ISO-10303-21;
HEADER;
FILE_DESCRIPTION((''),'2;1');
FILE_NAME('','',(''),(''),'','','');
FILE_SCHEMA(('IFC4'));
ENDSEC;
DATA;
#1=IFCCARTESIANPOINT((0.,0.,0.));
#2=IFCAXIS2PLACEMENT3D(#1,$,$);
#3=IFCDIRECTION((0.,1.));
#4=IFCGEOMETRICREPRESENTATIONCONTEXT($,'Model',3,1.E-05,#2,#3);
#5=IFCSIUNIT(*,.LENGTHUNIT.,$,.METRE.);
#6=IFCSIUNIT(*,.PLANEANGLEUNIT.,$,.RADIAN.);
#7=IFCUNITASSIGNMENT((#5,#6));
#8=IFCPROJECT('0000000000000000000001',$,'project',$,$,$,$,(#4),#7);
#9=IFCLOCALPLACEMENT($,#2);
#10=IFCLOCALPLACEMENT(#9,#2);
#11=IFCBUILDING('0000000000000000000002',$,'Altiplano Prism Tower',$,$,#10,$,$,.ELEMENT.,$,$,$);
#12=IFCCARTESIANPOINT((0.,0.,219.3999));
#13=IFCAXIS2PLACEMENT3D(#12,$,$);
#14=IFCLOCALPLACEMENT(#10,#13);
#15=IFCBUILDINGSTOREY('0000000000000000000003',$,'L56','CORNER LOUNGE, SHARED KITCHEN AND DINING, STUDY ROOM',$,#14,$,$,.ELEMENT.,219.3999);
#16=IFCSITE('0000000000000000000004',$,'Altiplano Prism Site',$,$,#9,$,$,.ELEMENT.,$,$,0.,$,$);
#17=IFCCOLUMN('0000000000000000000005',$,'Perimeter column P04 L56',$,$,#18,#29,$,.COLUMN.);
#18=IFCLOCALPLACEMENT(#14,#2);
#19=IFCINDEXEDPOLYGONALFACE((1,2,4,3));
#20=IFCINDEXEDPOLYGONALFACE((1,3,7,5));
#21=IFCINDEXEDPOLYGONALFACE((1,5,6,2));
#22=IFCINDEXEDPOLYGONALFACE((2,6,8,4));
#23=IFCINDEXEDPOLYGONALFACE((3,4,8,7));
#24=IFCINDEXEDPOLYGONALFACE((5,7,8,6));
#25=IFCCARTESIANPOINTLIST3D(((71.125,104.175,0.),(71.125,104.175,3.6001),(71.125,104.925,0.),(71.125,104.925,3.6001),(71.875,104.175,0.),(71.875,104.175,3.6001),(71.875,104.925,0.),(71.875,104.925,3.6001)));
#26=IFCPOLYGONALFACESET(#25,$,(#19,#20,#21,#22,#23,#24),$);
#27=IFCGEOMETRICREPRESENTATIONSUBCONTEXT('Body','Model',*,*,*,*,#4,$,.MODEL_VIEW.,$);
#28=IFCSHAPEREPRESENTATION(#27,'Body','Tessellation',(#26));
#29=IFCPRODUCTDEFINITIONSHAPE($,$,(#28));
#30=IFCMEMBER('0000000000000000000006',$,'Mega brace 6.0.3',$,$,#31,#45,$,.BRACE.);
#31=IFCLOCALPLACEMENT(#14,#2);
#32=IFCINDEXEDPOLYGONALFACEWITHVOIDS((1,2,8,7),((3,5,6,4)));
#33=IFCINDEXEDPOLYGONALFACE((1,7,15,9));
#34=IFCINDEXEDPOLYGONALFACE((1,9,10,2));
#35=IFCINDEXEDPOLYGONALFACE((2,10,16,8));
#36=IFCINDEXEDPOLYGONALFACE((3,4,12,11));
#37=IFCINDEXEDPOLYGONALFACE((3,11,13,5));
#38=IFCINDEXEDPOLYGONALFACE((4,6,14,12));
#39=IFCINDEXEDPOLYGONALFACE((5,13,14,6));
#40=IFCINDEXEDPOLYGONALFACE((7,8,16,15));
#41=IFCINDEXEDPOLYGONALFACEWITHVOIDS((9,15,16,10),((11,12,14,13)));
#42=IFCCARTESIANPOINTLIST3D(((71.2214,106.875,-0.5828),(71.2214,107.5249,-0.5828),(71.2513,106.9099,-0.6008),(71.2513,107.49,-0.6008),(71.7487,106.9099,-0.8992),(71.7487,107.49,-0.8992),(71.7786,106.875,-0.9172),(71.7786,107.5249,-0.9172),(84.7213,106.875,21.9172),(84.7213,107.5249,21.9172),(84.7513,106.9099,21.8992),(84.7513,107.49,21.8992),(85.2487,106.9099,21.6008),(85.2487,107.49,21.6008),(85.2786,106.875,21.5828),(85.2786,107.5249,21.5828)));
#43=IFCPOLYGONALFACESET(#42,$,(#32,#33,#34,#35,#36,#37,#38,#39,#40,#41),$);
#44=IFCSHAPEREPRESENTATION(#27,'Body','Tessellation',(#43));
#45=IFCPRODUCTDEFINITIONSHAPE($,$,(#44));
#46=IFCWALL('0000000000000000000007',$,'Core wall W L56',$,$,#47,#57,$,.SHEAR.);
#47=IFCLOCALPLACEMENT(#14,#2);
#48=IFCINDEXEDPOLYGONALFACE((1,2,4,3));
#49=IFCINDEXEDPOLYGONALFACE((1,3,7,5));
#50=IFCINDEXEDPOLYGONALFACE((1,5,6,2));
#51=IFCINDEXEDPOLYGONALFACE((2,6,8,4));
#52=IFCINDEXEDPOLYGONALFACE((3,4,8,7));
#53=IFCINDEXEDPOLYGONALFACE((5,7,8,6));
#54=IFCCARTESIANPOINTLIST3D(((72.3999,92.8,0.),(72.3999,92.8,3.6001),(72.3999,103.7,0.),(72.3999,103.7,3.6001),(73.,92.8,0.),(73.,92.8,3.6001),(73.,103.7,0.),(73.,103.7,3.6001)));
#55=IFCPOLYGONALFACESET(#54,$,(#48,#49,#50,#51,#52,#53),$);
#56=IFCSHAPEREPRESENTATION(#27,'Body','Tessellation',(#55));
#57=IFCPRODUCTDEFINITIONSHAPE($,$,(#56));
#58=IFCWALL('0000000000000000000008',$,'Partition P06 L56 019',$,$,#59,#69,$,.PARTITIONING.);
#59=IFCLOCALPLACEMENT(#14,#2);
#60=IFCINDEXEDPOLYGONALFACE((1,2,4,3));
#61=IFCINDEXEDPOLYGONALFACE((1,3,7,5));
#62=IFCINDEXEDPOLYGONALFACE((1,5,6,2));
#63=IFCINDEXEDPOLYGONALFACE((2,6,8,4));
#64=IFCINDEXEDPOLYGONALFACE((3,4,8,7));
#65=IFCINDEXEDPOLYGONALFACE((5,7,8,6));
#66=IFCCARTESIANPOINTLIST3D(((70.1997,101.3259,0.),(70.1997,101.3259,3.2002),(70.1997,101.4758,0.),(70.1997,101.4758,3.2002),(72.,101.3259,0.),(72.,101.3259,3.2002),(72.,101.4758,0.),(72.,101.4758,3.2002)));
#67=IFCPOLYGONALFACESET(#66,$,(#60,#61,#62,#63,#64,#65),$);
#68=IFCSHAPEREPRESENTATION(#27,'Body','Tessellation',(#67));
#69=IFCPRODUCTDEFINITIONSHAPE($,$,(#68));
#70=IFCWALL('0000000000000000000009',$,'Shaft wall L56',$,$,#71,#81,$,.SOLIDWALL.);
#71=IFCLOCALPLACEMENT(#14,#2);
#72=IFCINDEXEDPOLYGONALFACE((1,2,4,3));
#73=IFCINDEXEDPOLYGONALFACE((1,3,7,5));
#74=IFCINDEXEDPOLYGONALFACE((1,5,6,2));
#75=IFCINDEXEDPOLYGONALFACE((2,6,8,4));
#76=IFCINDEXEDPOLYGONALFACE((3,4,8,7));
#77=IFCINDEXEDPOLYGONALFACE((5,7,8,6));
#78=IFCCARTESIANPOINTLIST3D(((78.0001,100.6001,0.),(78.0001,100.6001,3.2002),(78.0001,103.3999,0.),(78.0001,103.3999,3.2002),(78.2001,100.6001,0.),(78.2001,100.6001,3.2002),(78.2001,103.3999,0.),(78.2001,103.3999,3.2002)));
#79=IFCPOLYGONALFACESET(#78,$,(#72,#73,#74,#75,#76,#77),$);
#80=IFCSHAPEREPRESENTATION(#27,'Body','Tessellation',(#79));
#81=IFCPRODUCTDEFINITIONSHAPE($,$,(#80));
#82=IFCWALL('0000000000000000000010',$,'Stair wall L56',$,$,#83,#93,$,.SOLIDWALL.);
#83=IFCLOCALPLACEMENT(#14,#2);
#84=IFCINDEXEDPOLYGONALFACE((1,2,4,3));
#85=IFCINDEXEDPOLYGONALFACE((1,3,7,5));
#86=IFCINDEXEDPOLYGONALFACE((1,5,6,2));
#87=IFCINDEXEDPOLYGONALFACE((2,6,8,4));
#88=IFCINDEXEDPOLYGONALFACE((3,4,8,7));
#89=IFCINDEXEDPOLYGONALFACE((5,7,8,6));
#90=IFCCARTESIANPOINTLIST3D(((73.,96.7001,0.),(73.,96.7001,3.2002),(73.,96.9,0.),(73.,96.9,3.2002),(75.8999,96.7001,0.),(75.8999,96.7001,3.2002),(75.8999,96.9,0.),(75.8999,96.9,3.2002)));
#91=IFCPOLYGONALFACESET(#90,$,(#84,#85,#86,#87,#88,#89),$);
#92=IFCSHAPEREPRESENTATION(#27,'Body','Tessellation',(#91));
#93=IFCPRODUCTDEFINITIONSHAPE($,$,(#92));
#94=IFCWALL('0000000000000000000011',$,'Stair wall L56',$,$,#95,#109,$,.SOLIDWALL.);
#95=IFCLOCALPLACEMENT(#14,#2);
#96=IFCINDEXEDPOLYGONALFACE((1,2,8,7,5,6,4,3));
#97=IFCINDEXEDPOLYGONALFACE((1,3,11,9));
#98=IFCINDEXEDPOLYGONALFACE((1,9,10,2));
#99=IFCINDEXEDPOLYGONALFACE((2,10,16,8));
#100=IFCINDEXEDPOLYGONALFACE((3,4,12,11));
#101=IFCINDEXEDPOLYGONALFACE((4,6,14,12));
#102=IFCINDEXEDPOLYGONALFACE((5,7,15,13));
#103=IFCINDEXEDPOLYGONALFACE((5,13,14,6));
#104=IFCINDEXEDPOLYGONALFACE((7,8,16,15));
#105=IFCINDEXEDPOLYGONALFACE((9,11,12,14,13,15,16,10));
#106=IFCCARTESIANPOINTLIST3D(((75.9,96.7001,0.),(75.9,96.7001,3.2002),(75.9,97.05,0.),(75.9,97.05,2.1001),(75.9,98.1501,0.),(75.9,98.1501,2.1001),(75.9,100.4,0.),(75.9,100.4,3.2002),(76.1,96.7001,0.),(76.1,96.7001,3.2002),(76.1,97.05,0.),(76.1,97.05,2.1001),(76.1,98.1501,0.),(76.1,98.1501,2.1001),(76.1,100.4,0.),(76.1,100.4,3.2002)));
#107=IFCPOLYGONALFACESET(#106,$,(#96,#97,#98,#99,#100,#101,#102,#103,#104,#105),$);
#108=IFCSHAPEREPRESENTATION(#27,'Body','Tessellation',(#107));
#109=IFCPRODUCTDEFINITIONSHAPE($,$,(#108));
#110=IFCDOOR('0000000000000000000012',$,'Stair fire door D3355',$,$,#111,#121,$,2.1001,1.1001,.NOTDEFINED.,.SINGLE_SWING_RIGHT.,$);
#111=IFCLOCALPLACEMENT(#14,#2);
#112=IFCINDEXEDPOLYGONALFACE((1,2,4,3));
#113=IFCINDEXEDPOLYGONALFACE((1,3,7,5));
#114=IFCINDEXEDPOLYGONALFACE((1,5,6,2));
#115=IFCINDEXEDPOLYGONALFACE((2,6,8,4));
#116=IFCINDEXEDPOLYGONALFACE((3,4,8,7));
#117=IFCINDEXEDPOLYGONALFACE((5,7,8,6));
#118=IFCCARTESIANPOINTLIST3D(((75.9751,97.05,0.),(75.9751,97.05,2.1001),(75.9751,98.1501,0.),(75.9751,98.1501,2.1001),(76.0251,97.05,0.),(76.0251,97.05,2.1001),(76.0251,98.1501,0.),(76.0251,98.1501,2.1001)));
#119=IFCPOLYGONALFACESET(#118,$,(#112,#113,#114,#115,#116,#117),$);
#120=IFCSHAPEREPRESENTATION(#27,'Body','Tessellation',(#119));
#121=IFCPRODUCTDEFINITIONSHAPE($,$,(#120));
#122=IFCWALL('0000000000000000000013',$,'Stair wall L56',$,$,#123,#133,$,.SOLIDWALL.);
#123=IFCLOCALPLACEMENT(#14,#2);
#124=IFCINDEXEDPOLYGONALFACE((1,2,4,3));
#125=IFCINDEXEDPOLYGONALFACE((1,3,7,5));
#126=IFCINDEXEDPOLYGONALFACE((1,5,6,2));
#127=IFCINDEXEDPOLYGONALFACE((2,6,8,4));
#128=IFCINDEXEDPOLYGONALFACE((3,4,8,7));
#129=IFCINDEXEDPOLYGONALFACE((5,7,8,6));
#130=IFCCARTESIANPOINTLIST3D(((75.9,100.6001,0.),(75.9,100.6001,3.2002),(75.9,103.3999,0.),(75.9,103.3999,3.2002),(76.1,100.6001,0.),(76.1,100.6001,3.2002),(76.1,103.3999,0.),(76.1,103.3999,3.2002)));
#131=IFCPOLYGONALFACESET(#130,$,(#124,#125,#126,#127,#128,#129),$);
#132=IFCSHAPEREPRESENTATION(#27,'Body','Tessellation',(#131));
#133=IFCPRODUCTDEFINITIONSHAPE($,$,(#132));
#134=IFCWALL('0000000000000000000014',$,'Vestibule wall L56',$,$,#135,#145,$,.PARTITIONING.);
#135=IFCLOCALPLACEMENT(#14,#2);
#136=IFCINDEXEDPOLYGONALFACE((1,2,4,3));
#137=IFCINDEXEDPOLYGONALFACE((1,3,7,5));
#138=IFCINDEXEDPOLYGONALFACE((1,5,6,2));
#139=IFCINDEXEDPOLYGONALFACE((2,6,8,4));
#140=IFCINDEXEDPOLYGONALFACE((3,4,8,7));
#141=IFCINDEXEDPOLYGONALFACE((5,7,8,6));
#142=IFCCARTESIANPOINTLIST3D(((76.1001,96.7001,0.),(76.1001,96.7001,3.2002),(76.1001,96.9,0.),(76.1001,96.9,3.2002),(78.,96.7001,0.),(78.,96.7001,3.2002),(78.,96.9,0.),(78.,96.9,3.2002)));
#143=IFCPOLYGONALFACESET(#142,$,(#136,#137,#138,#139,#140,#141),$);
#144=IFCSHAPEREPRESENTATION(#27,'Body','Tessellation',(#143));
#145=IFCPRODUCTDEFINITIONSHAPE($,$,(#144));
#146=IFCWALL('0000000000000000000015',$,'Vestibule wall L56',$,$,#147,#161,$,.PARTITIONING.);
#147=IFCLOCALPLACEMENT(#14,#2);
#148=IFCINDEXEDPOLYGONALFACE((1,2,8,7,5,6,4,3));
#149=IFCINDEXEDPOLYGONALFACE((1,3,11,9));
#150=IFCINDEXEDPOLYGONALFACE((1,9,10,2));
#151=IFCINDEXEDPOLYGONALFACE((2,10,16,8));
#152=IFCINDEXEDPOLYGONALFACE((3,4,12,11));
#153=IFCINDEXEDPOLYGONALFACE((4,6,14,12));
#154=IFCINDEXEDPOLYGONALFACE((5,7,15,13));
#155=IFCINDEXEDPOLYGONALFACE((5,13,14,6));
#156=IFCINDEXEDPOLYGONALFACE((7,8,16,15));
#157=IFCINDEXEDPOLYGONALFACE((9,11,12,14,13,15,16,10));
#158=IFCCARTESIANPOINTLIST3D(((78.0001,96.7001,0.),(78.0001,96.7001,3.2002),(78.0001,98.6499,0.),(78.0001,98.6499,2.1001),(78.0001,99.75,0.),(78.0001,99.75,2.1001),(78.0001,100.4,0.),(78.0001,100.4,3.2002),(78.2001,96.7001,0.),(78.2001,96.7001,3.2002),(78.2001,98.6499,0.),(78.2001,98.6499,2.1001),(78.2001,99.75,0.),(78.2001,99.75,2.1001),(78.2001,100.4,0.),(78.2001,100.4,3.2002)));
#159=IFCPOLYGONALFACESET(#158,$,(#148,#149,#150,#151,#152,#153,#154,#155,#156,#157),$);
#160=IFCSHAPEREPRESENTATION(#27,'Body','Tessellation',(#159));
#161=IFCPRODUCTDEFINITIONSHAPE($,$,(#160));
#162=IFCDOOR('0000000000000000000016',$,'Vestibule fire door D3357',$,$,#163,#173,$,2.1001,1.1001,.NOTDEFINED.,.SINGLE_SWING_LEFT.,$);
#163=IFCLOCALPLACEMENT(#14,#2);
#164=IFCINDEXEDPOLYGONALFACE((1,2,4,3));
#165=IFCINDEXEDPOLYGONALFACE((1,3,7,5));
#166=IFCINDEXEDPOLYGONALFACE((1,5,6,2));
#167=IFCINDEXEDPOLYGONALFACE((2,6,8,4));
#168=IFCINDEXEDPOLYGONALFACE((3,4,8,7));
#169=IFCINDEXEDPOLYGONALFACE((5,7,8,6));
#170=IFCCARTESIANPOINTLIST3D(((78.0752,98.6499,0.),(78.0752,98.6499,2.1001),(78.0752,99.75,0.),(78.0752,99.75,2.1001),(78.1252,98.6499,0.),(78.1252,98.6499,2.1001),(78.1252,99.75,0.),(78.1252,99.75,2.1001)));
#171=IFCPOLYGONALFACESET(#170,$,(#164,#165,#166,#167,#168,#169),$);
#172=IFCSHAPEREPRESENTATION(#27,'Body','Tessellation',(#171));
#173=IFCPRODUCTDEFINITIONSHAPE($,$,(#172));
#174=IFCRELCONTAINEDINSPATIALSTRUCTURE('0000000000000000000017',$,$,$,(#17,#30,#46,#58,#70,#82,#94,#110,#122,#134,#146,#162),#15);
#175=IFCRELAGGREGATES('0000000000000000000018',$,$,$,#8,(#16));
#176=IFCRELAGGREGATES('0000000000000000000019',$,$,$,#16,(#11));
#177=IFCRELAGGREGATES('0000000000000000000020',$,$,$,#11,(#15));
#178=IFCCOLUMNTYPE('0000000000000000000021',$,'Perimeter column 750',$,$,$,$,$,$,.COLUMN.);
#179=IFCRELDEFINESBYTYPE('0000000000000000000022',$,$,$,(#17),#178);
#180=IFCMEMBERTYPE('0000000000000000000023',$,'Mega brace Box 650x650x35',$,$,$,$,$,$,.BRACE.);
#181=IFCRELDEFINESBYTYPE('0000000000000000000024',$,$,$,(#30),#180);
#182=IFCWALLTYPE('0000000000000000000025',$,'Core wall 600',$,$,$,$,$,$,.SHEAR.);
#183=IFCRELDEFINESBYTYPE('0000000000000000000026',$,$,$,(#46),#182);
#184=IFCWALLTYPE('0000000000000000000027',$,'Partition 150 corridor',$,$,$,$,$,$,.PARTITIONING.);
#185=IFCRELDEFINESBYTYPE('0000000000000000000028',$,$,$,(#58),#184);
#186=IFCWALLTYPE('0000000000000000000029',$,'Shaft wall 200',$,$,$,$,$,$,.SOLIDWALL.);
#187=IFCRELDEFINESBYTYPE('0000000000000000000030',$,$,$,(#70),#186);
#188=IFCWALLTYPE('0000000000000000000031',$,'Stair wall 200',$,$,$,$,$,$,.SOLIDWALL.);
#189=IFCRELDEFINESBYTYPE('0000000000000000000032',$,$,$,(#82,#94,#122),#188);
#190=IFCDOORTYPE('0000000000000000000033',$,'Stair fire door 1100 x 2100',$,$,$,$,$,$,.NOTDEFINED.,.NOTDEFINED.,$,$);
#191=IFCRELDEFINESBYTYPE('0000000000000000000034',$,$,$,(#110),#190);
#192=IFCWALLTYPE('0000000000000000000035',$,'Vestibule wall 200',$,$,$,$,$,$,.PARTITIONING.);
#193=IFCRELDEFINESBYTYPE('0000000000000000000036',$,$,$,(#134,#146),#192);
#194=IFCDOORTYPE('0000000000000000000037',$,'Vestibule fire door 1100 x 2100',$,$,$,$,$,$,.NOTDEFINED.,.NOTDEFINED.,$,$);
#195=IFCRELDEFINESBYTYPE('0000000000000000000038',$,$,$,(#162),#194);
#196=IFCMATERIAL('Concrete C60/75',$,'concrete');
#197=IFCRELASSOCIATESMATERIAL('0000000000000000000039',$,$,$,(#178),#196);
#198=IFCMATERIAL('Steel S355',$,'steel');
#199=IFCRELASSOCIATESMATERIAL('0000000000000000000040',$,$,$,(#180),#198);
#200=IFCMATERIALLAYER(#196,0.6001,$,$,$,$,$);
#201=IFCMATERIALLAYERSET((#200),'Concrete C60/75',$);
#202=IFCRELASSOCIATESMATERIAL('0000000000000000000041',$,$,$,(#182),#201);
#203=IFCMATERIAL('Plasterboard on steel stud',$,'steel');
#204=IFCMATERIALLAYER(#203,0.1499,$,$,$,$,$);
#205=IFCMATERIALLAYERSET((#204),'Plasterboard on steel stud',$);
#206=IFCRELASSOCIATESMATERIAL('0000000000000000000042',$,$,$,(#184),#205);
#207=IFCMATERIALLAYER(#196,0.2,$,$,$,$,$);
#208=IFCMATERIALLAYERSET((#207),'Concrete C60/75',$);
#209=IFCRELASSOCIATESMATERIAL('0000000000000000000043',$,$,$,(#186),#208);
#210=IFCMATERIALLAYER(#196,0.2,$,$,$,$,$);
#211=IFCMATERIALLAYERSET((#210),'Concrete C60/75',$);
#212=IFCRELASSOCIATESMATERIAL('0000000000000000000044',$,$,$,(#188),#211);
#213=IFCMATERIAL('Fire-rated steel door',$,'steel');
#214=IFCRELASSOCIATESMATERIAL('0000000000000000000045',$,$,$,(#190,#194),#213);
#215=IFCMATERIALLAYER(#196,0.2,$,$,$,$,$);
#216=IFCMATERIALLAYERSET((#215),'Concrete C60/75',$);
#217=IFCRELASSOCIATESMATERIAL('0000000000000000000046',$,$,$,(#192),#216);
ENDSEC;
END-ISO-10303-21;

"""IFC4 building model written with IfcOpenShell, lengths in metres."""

from ifc_helpers import new_model, si_unit, direction, frame, frame_2d, origin, origin_2d, place, context, subcontext, project, spatial, rectangle, hollow_rectangle, extrude, material, layer, layer_set, material_profile, profile_set, type_object, element, fill, save


model = new_model("IFC4")

# Units and contexts
model_context = context("Model", 3, precision=1e-05, world=origin(), true_north=direction((0.0, 1.0)))
body_context = subcontext(model_context, "Body", "Model", "MODEL_VIEW")
ifc_project = project(units=[si_unit("LENGTHUNIT", "METRE"), si_unit("PLANEANGLEUNIT", "RADIAN")], contexts=[model_context])

# Site, building, storey
site_placement = place(None, origin())
site = spatial("IfcSite", under=ifc_project, at=site_placement, Name="Altiplano Prism Site", CompositionType="ELEMENT", RefElevation=0.0)
building_placement = place(site_placement, origin())
building = spatial("IfcBuilding", under=site, at=building_placement, Name="Altiplano Prism Tower", CompositionType="ELEMENT")
storey_placement = place(building_placement, frame((0.0, 0.0, 219.3999)))
storey = spatial("IfcBuildingStorey", under=building, at=storey_placement, Name="L56", Description="CORNER LOUNGE, SHARED KITCHEN AND DINING, STUDY ROOM", CompositionType="ELEMENT", Elevation=219.3999)

# Column
ifc_material_1 = material(Name="Concrete C60/75", Category="concrete")
ifc_material_profile_1 = material_profile(ifc_material_1, rectangle(XDim=0.75, YDim=0.75, at=origin_2d()), Name="Perimeter column 750")
ifc_profile_set_1 = profile_set([ifc_material_profile_1], Name="Concrete C60/75")
column_type = type_object("IfcColumnType", Name="Perimeter column 750", PredefinedType="COLUMN", material=ifc_profile_set_1)
column_placement = place(storey_placement, frame((71.5, 104.55, 0.0), z_axis=(0.0, 0.0, 1.0), x_axis=(1.0, 0.0, 0.0)))
element("IfcColumn", 1, at=column_placement, inside=storey, type_object=column_type, Name="Perimeter column P04 L56", PredefinedType="COLUMN", context=body_context, shape_type="SweptSolid", body=[
    extrude(rectangle(XDim=0.75, YDim=0.75, at=origin_2d()), origin(), (0.0, 0.0, 1.0), 3.6001),
])

# Member
ifc_material_2 = material(Name="Steel S355", Category="steel")
ifc_material_profile_2 = material_profile(ifc_material_2, hollow_rectangle(XDim=0.6499, YDim=0.6499, WallThickness=0.0349, at=origin_2d()), Name="Mega brace Box 650x650x35")
ifc_profile_set_2 = profile_set([ifc_material_profile_2], Name="Steel S355")
member_type = type_object("IfcMemberType", Name="Mega brace Box 650x650x35", PredefinedType="BRACE", material=ifc_profile_set_2)
member_placement = place(storey_placement, frame((71.5, 107.2, -0.75), z_axis=(0.514496, 0.0, 0.857493), x_axis=(0.0, 1.0, 0.0)))
element("IfcMember", 2, at=member_placement, inside=storey, type_object=member_type, Name="Mega brace 6.0.3", PredefinedType="BRACE", context=body_context, shape_type="SweptSolid", body=[
    extrude(hollow_rectangle(XDim=0.6499, YDim=0.6499, WallThickness=0.0349, at=origin_2d()), origin(), (0.0, 0.0, 1.0), 26.2393),
])

# Walls
ifc_layer_1 = layer(ifc_material_1, 0.6001)
ifc_layer_set_1 = layer_set([ifc_layer_1], Name="Concrete C60/75")
wall_type_1 = type_object("IfcWallType", Name="Core wall 600", PredefinedType="SHEAR", material=ifc_layer_set_1)
wall_1_placement = place(storey_placement, frame((72.7, 103.7, 0.0), z_axis=(0.0, 0.0, 1.0), x_axis=(0.0, -1.0, 0.0)))
element("IfcWall", 3, at=wall_1_placement, inside=storey, type_object=wall_type_1, Name="Core wall W L56", PredefinedType="SHEAR", context=body_context, shape_type="SweptSolid", body=[
    extrude(rectangle(XDim=10.8999, YDim=0.6001, at=frame_2d((5.45, 0.0))), origin(), (0.0, 0.0, 1.0), 3.6001),
])
ifc_material_3 = material(Name="Plasterboard on steel stud", Category="steel")
ifc_layer_2 = layer(ifc_material_3, 0.1499)
ifc_layer_set_2 = layer_set([ifc_layer_2], Name="Plasterboard on steel stud")
wall_type_2 = type_object("IfcWallType", Name="Partition 150 corridor", PredefinedType="PARTITIONING", material=ifc_layer_set_2)
wall_2_placement = place(storey_placement, frame((72.0, 101.4009, 0.0), z_axis=(0.0, 0.0, 1.0), x_axis=(-1.0, 0.0, 0.0)))
element("IfcWall", 4, at=wall_2_placement, inside=storey, type_object=wall_type_2, Name="Partition P06 L56 019", PredefinedType="PARTITIONING", context=body_context, shape_type="SweptSolid", body=[
    extrude(rectangle(XDim=1.8003, YDim=0.1499, at=frame_2d((0.9001, 0.0))), origin(), (0.0, 0.0, 1.0), 3.2002),
])
ifc_layer_3 = layer(ifc_material_1, 0.2)
ifc_layer_set_3 = layer_set([ifc_layer_3], Name="Concrete C60/75")
wall_type_3 = type_object("IfcWallType", Name="Shaft wall 200", PredefinedType="SOLIDWALL", material=ifc_layer_set_3)
wall_3_placement = place(storey_placement, frame((78.1001, 100.6001, 0.0), z_axis=(0.0, 0.0, 1.0), x_axis=(0.0, 1.0, 0.0)))
element("IfcWall", 5, at=wall_3_placement, inside=storey, type_object=wall_type_3, Name="Shaft wall L56", PredefinedType="SOLIDWALL", context=body_context, shape_type="SweptSolid", body=[
    extrude(rectangle(XDim=2.7998, YDim=0.2, at=frame_2d((1.3999, 0.0))), origin(), (0.0, 0.0, 1.0), 3.2002),
])
ifc_layer_4 = layer(ifc_material_1, 0.2)
ifc_layer_set_4 = layer_set([ifc_layer_4], Name="Concrete C60/75")
wall_type_4 = type_object("IfcWallType", Name="Stair wall 200", PredefinedType="SOLIDWALL", material=ifc_layer_set_4)
wall_4_placement = place(storey_placement, frame((73.0, 96.8, 0.0), z_axis=(0.0, 0.0, 1.0), x_axis=(1.0, 0.0, 0.0)))
element("IfcWall", 6, at=wall_4_placement, inside=storey, type_object=wall_type_4, Name="Stair wall L56", PredefinedType="SOLIDWALL", context=body_context, shape_type="SweptSolid", body=[
    extrude(rectangle(XDim=2.8999, YDim=0.2, at=frame_2d((1.45, 0.0))), origin(), (0.0, 0.0, 1.0), 3.2002),
])

# Wall, opening, door
wall_5_placement = place(storey_placement, frame((76.0, 96.7, 0.0), z_axis=(0.0, 0.0, 1.0), x_axis=(0.0, 1.0, 0.0)))
wall_5 = element("IfcWall", 7, at=wall_5_placement, inside=storey, type_object=wall_type_4, Name="Stair wall L56", PredefinedType="SOLIDWALL", context=body_context, shape_type="SweptSolid", body=[
    extrude(rectangle(XDim=3.7, YDim=0.2, at=frame_2d((1.8501, 0.0))), origin(), (0.0, 0.0, 1.0), 3.2002),
])
opening_1_placement = place(wall_5_placement, frame((0.3501, 0.0, 0.0)))
opening_1 = element("IfcOpeningElement", 8, at=opening_1_placement, cuts=wall_5, PredefinedType="OPENING", context=body_context, shape_type="SweptSolid", body=[
    extrude(rectangle(XDim=1.1001, YDim=2.1001, at=frame_2d((0.55, 1.05))), frame((0.0, 0.1104, 0.0), z_axis=(0.0, -1.0, 0.0), x_axis=(1.0, 0.0, 0.0)), (0.0, 0.0, 1.0), 0.2209),
])
ifc_material_4 = material(Name="Fire-rated steel door", Category="steel")
door_type_1 = type_object("IfcDoorType", Name="Stair fire door 1100 x 2100", OperationType="NOTDEFINED", PredefinedType="NOTDEFINED", material=ifc_material_4)
door_1_placement = place(opening_1_placement, origin())
door_1 = element("IfcDoor", 9, at=door_1_placement, inside=storey, type_object=door_type_1, Name="Stair fire door D3355", OperationType="SINGLE_SWING_RIGHT", OverallHeight=2.1001, OverallWidth=1.1001, PredefinedType="NOTDEFINED", context=body_context, shape_type="SweptSolid", body=[
    extrude(rectangle(XDim=1.1001, YDim=2.1001, at=frame_2d((0.55, 1.05))), frame((0.0, 0.0249, 0.0), z_axis=(0.0, -1.0, 0.0), x_axis=(1.0, 0.0, 0.0)), (0.0, 0.0, 1.0), 0.05),
])
fill(opening_1, door_1)

# Walls
wall_6_placement = place(storey_placement, frame((76.0, 100.6001, 0.0), z_axis=(0.0, 0.0, 1.0), x_axis=(0.0, 1.0, 0.0)))
element("IfcWall", 10, at=wall_6_placement, inside=storey, type_object=wall_type_4, Name="Stair wall L56", PredefinedType="SOLIDWALL", context=body_context, shape_type="SweptSolid", body=[
    extrude(rectangle(XDim=2.7998, YDim=0.2, at=frame_2d((1.3999, 0.0))), origin(), (0.0, 0.0, 1.0), 3.2002),
])
ifc_layer_5 = layer(ifc_material_1, 0.2)
ifc_layer_set_5 = layer_set([ifc_layer_5], Name="Concrete C60/75")
wall_type_5 = type_object("IfcWallType", Name="Vestibule wall 200", PredefinedType="PARTITIONING", material=ifc_layer_set_5)
wall_7_placement = place(storey_placement, frame((76.1001, 96.8, 0.0), z_axis=(0.0, 0.0, 1.0), x_axis=(1.0, 0.0, 0.0)))
element("IfcWall", 11, at=wall_7_placement, inside=storey, type_object=wall_type_5, Name="Vestibule wall L56", PredefinedType="PARTITIONING", context=body_context, shape_type="SweptSolid", body=[
    extrude(rectangle(XDim=1.8999, YDim=0.2, at=frame_2d((0.95, 0.0))), origin(), (0.0, 0.0, 1.0), 3.2002),
])

# Wall, opening, door
wall_8_placement = place(storey_placement, frame((78.1001, 96.7, 0.0), z_axis=(0.0, 0.0, 1.0), x_axis=(0.0, 1.0, 0.0)))
wall_8 = element("IfcWall", 12, at=wall_8_placement, inside=storey, type_object=wall_type_5, Name="Vestibule wall L56", PredefinedType="PARTITIONING", context=body_context, shape_type="SweptSolid", body=[
    extrude(rectangle(XDim=3.7, YDim=0.2, at=frame_2d((1.8501, 0.0))), origin(), (0.0, 0.0, 1.0), 3.2002),
])
opening_2_placement = place(wall_8_placement, frame((1.95, 0.0, 0.0)))
opening_2 = element("IfcOpeningElement", 13, at=opening_2_placement, cuts=wall_8, PredefinedType="OPENING", context=body_context, shape_type="SweptSolid", body=[
    extrude(rectangle(XDim=1.1001, YDim=2.1001, at=frame_2d((0.55, 1.05))), frame((0.0, 0.1104, 0.0), z_axis=(0.0, -1.0, 0.0), x_axis=(1.0, 0.0, 0.0)), (0.0, 0.0, 1.0), 0.2209),
])
door_type_2 = type_object("IfcDoorType", Name="Vestibule fire door 1100 x 2100", OperationType="NOTDEFINED", PredefinedType="NOTDEFINED", material=ifc_material_4)
door_2_placement = place(opening_2_placement, origin())
door_2 = element("IfcDoor", 14, at=door_2_placement, inside=storey, type_object=door_type_2, Name="Vestibule fire door D3357", OperationType="SINGLE_SWING_LEFT", OverallHeight=2.1001, OverallWidth=1.1001, PredefinedType="NOTDEFINED", context=body_context, shape_type="SweptSolid", body=[
    extrude(rectangle(XDim=1.1001, YDim=2.1001, at=frame_2d((0.55, 1.05))), frame((0.0, 0.0249, 0.0), z_axis=(0.0, -1.0, 0.0), x_axis=(1.0, 0.0, 0.0)), (0.0, 0.0, 1.0), 0.05),
])
fill(opening_2, door_2)

save(model, "model.ifc")
